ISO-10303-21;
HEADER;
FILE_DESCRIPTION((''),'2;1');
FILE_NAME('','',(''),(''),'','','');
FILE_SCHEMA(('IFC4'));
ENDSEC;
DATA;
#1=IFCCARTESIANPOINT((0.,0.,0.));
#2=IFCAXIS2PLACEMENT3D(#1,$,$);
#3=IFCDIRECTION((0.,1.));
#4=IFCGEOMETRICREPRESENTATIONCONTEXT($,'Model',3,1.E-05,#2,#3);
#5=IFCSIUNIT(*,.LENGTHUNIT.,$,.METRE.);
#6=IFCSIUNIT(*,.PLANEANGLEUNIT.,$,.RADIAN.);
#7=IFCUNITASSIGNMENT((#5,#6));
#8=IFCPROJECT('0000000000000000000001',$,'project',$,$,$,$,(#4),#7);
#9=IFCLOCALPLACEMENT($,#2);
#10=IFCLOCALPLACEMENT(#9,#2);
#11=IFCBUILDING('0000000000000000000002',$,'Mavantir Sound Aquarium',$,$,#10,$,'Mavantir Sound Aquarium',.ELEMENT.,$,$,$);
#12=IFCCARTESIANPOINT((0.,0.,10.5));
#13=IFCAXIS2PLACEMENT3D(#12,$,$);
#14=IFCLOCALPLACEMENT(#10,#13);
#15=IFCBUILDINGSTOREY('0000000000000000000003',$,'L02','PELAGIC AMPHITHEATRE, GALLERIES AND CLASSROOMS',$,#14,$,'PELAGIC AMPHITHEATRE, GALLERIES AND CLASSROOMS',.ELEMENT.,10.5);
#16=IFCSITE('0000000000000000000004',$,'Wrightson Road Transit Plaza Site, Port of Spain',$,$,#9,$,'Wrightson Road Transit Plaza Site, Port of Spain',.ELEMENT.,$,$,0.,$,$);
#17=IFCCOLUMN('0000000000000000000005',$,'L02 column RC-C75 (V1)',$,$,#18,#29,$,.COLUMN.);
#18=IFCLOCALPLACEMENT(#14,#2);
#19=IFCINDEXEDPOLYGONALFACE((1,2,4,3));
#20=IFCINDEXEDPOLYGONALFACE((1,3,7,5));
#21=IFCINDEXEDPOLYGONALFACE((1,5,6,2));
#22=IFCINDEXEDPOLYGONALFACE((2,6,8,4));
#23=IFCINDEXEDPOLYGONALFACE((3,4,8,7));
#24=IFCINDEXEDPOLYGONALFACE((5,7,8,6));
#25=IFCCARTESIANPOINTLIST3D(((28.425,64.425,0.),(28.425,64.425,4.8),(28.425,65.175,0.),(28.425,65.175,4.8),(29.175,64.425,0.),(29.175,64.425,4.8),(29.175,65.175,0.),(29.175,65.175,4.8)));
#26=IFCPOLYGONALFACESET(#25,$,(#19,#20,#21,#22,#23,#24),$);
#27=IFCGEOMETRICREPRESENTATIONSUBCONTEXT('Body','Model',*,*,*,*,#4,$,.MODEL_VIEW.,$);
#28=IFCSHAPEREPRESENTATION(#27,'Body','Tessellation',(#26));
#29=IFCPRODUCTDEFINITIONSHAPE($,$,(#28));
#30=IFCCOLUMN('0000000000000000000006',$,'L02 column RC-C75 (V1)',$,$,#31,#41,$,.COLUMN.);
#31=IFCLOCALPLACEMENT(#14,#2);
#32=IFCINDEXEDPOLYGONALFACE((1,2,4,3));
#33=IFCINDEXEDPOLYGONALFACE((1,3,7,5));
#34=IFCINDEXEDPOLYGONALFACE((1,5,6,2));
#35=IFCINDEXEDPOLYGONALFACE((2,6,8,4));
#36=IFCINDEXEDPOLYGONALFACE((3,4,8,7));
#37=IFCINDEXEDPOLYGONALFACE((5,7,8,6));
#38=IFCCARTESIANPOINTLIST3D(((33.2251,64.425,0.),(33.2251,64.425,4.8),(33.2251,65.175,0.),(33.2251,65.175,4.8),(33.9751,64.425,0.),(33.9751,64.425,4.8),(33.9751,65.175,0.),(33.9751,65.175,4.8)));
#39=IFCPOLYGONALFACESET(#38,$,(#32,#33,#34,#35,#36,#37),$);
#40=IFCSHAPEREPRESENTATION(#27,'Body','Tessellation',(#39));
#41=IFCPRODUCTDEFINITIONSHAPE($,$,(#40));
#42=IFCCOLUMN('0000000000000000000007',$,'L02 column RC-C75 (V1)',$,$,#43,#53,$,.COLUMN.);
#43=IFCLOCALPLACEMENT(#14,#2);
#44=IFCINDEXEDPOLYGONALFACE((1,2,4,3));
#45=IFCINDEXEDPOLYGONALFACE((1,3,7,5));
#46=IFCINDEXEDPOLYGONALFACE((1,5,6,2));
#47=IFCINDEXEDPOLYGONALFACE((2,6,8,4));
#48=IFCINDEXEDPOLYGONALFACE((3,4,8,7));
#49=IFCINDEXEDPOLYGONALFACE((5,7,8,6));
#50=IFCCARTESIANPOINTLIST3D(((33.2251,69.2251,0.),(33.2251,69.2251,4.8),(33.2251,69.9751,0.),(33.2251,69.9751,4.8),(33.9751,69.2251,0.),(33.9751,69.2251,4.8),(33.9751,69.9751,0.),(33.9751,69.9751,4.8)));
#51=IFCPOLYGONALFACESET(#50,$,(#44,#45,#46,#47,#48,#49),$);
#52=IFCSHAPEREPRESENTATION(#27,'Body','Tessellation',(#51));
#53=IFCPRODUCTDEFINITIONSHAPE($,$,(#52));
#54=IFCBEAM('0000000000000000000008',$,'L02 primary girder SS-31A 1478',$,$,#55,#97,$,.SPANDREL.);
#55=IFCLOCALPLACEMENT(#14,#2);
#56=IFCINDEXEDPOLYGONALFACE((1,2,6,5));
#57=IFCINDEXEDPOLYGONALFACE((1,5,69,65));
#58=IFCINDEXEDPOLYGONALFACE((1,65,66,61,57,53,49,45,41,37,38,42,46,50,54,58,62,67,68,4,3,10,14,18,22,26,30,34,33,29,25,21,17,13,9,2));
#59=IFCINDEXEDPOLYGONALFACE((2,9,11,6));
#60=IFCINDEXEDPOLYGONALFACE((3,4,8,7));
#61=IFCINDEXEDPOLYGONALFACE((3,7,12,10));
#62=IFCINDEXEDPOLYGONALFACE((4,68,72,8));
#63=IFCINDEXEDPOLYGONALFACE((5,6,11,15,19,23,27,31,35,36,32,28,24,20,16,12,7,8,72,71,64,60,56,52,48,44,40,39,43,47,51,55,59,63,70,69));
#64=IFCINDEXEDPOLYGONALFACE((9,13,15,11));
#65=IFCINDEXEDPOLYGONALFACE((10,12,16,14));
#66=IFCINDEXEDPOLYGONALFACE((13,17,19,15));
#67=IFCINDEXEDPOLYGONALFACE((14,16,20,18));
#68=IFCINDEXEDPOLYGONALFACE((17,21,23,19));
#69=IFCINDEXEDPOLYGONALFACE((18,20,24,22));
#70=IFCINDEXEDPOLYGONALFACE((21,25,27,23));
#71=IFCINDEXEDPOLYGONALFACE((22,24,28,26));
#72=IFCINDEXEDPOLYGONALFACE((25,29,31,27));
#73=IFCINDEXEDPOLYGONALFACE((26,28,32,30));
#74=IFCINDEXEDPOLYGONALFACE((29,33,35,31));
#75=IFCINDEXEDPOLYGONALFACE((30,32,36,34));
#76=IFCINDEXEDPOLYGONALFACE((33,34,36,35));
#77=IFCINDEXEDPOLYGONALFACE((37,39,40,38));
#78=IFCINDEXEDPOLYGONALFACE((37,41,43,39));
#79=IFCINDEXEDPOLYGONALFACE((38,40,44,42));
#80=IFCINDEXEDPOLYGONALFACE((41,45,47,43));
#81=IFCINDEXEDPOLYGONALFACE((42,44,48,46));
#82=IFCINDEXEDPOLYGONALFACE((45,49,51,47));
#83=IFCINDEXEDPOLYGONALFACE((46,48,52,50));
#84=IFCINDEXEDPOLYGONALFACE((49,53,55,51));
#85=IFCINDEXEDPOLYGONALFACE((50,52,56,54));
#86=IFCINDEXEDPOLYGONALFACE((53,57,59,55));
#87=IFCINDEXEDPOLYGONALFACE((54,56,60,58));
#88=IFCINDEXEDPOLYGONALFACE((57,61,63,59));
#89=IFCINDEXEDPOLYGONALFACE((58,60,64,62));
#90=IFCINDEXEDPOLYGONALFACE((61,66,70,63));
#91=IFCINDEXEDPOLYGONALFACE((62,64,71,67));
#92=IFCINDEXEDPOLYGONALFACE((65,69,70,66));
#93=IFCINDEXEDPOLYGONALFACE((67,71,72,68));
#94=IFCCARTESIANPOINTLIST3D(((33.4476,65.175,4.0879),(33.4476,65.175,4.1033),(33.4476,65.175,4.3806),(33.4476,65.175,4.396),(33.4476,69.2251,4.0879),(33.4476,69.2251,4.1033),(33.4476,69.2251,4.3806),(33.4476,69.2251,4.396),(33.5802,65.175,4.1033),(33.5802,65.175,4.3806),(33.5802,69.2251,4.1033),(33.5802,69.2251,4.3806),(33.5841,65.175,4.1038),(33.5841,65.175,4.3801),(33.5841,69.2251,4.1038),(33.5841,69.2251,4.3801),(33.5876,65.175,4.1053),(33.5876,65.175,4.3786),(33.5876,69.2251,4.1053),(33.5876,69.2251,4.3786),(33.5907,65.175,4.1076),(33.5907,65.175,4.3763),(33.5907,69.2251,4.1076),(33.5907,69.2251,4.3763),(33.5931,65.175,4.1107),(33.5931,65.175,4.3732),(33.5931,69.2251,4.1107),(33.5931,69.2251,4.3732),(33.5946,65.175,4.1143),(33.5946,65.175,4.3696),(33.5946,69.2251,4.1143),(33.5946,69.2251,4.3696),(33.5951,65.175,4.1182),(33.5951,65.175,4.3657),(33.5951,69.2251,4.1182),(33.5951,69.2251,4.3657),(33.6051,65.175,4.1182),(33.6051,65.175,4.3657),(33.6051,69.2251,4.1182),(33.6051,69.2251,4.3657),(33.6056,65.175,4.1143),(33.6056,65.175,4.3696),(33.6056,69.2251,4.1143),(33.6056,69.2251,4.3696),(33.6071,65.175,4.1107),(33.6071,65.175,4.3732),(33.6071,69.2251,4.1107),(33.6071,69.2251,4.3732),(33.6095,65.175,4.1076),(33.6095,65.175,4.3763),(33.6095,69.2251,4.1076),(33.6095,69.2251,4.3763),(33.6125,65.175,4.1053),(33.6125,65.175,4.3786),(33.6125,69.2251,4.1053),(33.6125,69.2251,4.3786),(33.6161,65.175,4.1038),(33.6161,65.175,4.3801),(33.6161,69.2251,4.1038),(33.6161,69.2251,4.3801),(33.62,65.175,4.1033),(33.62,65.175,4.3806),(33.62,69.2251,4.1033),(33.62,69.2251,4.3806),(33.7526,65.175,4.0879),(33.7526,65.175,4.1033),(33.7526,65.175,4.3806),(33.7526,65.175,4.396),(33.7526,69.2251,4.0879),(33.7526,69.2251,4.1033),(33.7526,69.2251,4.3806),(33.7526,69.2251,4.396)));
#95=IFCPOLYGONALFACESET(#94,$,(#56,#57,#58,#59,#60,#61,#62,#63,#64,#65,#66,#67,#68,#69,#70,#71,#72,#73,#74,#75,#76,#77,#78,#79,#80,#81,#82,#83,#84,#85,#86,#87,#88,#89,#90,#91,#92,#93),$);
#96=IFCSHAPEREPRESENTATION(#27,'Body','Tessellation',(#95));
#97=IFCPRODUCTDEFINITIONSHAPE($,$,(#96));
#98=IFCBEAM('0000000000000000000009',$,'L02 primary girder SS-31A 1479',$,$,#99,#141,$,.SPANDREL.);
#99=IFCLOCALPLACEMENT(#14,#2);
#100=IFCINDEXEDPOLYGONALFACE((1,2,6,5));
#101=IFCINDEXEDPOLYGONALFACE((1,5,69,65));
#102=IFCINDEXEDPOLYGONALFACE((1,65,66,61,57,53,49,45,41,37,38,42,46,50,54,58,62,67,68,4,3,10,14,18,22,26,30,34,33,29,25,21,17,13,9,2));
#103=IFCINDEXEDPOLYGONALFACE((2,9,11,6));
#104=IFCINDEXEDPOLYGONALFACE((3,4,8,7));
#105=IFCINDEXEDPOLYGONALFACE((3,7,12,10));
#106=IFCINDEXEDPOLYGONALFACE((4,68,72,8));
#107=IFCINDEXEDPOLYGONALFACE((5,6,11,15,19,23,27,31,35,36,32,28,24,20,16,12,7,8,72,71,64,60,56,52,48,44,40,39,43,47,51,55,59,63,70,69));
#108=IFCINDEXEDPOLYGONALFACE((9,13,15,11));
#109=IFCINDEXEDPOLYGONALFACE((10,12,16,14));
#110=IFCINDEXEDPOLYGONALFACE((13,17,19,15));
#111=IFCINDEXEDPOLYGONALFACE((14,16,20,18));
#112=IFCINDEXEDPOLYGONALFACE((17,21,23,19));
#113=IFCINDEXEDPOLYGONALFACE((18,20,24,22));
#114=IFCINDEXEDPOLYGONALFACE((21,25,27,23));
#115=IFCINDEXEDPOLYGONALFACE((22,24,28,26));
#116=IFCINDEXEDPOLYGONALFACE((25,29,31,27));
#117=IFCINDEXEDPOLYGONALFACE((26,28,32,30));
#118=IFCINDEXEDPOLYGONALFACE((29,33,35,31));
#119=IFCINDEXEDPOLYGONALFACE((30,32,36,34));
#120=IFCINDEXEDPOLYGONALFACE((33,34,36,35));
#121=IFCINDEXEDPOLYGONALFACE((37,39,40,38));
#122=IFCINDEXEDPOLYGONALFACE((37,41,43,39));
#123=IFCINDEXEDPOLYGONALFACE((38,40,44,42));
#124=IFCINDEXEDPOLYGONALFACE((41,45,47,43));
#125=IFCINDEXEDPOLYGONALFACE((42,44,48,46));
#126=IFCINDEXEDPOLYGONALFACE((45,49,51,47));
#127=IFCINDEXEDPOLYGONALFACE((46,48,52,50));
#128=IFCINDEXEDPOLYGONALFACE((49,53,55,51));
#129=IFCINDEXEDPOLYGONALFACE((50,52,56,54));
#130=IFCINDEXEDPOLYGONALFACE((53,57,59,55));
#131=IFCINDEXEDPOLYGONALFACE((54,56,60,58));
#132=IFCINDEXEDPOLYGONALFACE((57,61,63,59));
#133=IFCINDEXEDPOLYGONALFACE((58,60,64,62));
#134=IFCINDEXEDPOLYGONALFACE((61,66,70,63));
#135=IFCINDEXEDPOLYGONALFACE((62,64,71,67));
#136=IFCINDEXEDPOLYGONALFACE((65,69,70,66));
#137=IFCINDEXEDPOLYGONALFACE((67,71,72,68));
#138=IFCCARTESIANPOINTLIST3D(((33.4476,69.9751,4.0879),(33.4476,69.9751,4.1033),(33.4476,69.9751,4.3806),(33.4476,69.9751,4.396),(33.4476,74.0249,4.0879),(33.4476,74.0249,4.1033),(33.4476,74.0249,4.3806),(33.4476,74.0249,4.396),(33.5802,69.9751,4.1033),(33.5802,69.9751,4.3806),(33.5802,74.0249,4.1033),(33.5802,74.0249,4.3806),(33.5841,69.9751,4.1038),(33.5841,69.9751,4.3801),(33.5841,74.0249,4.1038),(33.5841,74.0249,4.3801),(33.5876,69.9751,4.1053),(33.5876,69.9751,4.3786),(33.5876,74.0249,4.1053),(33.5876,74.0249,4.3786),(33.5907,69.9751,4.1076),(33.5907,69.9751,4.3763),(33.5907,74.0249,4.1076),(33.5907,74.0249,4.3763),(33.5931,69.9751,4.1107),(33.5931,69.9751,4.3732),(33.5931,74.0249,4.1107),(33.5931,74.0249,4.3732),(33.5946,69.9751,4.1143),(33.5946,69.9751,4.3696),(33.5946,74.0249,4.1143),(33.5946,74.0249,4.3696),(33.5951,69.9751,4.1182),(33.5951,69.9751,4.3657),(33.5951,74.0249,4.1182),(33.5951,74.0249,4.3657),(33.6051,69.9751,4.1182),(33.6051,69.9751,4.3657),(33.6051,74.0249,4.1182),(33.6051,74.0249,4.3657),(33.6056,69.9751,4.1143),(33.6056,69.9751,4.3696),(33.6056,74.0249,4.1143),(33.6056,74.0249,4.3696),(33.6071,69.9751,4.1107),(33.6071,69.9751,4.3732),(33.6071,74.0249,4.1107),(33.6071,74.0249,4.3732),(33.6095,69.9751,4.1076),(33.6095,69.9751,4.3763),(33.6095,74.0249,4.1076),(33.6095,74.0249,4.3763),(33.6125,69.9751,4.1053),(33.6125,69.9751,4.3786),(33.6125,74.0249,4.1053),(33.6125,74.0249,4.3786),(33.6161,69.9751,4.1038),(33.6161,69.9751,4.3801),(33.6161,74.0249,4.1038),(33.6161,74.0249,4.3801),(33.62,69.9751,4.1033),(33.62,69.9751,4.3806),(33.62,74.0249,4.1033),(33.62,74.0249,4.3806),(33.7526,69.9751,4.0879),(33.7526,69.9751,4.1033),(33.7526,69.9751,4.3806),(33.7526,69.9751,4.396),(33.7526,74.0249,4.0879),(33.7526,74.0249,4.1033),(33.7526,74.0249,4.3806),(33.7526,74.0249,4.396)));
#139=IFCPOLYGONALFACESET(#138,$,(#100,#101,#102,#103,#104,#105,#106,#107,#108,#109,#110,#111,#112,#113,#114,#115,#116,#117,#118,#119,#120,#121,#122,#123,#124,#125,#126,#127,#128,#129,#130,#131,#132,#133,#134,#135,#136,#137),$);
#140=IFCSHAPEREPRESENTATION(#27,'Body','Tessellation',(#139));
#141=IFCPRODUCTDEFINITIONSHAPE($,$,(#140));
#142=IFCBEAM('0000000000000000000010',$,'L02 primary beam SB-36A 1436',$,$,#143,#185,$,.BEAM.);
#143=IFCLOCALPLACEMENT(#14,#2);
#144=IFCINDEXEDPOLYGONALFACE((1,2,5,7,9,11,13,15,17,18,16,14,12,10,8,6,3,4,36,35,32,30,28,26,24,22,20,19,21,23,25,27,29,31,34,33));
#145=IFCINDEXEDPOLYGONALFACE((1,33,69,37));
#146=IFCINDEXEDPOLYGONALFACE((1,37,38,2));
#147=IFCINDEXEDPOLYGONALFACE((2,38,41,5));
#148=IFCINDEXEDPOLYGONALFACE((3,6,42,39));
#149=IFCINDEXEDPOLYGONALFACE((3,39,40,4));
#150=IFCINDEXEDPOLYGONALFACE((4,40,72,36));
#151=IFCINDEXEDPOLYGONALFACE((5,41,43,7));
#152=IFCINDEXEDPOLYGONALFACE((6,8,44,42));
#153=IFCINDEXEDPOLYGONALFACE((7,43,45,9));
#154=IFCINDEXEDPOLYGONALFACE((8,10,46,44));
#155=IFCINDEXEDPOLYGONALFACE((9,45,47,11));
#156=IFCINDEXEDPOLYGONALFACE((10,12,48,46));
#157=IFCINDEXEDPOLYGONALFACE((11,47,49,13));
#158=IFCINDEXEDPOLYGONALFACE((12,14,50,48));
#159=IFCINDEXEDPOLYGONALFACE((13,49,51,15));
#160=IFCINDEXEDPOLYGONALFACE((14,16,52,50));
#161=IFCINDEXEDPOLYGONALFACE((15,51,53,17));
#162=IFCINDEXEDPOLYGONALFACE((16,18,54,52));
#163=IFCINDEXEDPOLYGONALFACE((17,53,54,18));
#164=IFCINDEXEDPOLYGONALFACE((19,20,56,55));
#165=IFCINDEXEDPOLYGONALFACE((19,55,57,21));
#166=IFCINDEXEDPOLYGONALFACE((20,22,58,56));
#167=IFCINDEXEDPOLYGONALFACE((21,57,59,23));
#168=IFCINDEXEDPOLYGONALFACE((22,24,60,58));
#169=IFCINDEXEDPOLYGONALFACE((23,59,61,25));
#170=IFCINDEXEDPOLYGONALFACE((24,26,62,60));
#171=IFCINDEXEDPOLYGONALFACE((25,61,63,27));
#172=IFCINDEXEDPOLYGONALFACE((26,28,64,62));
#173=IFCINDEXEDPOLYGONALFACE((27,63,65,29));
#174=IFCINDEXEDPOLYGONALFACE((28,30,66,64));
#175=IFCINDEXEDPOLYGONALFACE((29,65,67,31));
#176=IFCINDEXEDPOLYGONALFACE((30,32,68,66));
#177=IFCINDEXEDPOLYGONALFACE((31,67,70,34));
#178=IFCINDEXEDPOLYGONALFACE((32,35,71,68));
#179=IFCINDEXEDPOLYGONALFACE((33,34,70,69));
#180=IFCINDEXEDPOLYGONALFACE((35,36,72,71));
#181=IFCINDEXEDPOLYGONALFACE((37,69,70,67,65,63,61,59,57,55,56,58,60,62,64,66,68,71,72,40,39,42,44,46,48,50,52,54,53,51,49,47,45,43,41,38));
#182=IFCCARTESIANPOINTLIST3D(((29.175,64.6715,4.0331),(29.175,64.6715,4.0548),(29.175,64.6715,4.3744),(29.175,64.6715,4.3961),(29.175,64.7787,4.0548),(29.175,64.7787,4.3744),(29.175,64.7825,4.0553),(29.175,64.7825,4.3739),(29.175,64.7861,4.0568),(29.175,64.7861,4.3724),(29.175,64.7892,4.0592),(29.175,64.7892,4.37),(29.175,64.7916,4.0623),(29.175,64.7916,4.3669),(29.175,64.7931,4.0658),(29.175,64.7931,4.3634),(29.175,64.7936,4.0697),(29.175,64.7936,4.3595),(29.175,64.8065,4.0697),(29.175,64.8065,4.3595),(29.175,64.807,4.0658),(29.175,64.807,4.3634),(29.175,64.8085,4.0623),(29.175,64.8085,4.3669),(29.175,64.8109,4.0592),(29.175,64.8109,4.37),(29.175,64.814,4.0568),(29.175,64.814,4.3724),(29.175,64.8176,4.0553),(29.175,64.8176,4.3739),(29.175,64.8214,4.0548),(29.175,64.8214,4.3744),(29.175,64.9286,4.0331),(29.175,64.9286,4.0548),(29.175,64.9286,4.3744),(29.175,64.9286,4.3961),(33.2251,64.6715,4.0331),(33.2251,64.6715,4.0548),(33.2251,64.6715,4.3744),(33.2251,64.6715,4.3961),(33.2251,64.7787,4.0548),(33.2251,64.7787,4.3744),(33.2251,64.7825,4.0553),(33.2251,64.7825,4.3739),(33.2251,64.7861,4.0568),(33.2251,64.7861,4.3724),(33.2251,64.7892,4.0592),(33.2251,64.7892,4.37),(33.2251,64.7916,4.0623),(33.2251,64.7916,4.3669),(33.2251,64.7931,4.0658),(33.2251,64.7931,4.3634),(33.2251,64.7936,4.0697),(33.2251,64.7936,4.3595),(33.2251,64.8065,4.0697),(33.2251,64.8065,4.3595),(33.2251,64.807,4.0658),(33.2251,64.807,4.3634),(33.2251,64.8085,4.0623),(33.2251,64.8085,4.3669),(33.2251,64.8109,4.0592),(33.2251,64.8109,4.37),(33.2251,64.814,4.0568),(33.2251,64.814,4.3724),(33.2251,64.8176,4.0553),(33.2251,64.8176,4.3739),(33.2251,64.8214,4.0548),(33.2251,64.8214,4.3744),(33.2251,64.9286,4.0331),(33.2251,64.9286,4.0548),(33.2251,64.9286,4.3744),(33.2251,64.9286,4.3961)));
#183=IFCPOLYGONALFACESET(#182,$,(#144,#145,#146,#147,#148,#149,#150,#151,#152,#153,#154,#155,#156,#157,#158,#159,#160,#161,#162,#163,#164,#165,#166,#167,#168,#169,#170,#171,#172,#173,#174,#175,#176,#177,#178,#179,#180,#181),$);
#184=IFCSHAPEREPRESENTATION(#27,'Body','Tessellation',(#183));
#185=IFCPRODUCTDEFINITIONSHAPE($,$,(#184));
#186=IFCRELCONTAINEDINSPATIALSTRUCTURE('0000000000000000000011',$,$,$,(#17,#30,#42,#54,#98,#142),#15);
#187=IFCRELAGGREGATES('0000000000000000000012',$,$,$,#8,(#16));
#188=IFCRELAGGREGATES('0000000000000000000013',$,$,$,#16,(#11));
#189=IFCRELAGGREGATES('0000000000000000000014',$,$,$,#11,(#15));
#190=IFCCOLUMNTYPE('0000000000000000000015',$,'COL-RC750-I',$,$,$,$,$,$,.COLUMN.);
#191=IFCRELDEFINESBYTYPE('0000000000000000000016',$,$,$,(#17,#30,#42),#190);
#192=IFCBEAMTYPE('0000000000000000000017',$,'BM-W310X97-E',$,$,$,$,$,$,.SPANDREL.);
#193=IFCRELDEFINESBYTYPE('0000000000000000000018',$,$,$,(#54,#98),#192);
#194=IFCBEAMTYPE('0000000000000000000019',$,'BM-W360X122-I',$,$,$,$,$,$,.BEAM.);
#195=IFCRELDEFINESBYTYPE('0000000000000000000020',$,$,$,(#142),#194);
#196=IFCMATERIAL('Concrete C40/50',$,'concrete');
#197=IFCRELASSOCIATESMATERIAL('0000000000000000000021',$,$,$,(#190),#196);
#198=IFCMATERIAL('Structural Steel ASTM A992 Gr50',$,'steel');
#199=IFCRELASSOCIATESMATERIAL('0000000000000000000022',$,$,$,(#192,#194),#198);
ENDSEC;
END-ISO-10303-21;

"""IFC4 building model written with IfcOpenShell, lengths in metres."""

from ifc_helpers import new_model, si_unit, direction, frame, origin, origin_2d, place, context, subcontext, project, spatial, rectangle, i_section, extrude, material, material_profile, profile_set, type_object, element, save


model = new_model("IFC4")

# Units and contexts
model_context = context("Model", 3, precision=1e-05, world=origin(), true_north=direction((0.0, 1.0)))
body_context = subcontext(model_context, "Body", "Model", "MODEL_VIEW")
ifc_project = project(units=[si_unit("LENGTHUNIT", "METRE"), si_unit("PLANEANGLEUNIT", "RADIAN")], contexts=[model_context])

# Site, building, storey
site_placement = place(None, origin())
site = spatial("IfcSite", under=ifc_project, at=site_placement, Name="Wrightson Road Transit Plaza Site, Port of Spain", LongName="Wrightson Road Transit Plaza Site, Port of Spain", CompositionType="ELEMENT", RefElevation=0.0)
building_placement = place(site_placement, origin())
building = spatial("IfcBuilding", under=site, at=building_placement, Name="Mavantir Sound Aquarium", LongName="Mavantir Sound Aquarium", CompositionType="ELEMENT")
storey_placement = place(building_placement, frame((0.0, 0.0, 10.5)))
storey = spatial("IfcBuildingStorey", under=building, at=storey_placement, Name="L02", Description="PELAGIC AMPHITHEATRE, GALLERIES AND CLASSROOMS", LongName="PELAGIC AMPHITHEATRE, GALLERIES AND CLASSROOMS", CompositionType="ELEMENT", Elevation=10.5)

# Columns
ifc_material_1 = material(Name="Concrete C40/50", Category="concrete")
ifc_material_profile_1 = material_profile(ifc_material_1, rectangle(XDim=0.75, YDim=0.75, at=origin_2d()), Name="RC 750X750")
ifc_profile_set_1 = profile_set([ifc_material_profile_1], Name="Concrete C40/50")
column_type = type_object("IfcColumnType", Name="COL-RC750-I", PredefinedType="COLUMN", material=ifc_profile_set_1)
for number, where, z_axis, x_axis, name in (
    (1, (28.8, 64.8, 0.0), (0.0, 0.0, 1.0), (1.0, 0.0, 0.0), "L02 column RC-C75 (V1)"),
    (2, (33.6001, 64.8, 0.0), (0.0, 0.0, 1.0), (1.0, 0.0, 0.0), "L02 column RC-C75 (V1)"),
    (3, (33.6001, 69.6001, 0.0), (0.0, 0.0, 1.0), (1.0, 0.0, 0.0), "L02 column RC-C75 (V1)"),
):
    element("IfcColumn", number, at=place(storey_placement, frame(where, z_axis=z_axis, x_axis=x_axis)), inside=storey, type_object=column_type, Name=name, PredefinedType="COLUMN", context=body_context, shape_type="SweptSolid", body=[
        extrude(rectangle(XDim=0.75, YDim=0.75, at=origin_2d()), origin(), (0.0, 0.0, 1.0), 4.8),
    ])

# Beams
ifc_material_2 = material(Name="Structural Steel ASTM A992 Gr50", Category="steel")
ifc_material_profile_2 = material_profile(ifc_material_2, i_section(OverallWidth=0.3049, OverallDepth=0.3081, WebThickness=0.01, FlangeThickness=0.0154, FilletRadius=0.0149, at=origin_2d()), Name="W310X97")
ifc_profile_set_2 = profile_set([ifc_material_profile_2], Name="Structural Steel ASTM A992 Gr50")
beam_type_1 = type_object("IfcBeamType", Name="BM-W310X97-E", PredefinedType="SPANDREL", material=ifc_profile_set_2)
beam_1_placement = place(storey_placement, frame((33.6001, 65.175, 4.2419), z_axis=(0.0, 1.0, 0.0), x_axis=(-1.0, 0.0, 0.0)))
element("IfcBeam", 4, at=beam_1_placement, inside=storey, type_object=beam_type_1, Name="L02 primary girder SS-31A 1478", PredefinedType="SPANDREL", context=body_context, shape_type="SweptSolid", body=[
    extrude(i_section(OverallWidth=0.3049, OverallDepth=0.3081, WebThickness=0.01, FlangeThickness=0.0154, FilletRadius=0.0149, at=origin_2d()), origin(), (0.0, 0.0, 1.0), 4.05),
])
beam_2_placement = place(storey_placement, frame((33.6001, 69.9751, 4.2419), z_axis=(0.0, 1.0, 0.0), x_axis=(-1.0, 0.0, 0.0)))
element("IfcBeam", 5, at=beam_2_placement, inside=storey, type_object=beam_type_1, Name="L02 primary girder SS-31A 1479", PredefinedType="SPANDREL", context=body_context, shape_type="SweptSolid", body=[
    extrude(i_section(OverallWidth=0.3049, OverallDepth=0.3081, WebThickness=0.01, FlangeThickness=0.0154, FilletRadius=0.0149, at=origin_2d()), origin(), (0.0, 0.0, 1.0), 4.0498),
])
ifc_material_profile_3 = material_profile(ifc_material_2, i_section(OverallWidth=0.2571, OverallDepth=0.363, WebThickness=0.0129, FlangeThickness=0.0217, FilletRadius=0.0149, at=origin_2d()), Name="W360X122")
ifc_profile_set_3 = profile_set([ifc_material_profile_3], Name="Structural Steel ASTM A992 Gr50")
beam_type_2 = type_object("IfcBeamType", Name="BM-W360X122-I", PredefinedType="BEAM", material=ifc_profile_set_3)
beam_3_placement = place(storey_placement, frame((29.175, 64.8, 4.2146), z_axis=(1.0, 0.0, 0.0), x_axis=(0.0, 1.0, 0.0)))
element("IfcBeam", 6, at=beam_3_placement, inside=storey, type_object=beam_type_2, Name="L02 primary beam SB-36A 1436", PredefinedType="BEAM", context=body_context, shape_type="SweptSolid", body=[
    extrude(i_section(OverallWidth=0.2571, OverallDepth=0.363, WebThickness=0.0129, FlangeThickness=0.0217, FilletRadius=0.0149, at=origin_2d()), origin(), (0.0, 0.0, 1.0), 4.05),
])

save(model, "model.ifc")
